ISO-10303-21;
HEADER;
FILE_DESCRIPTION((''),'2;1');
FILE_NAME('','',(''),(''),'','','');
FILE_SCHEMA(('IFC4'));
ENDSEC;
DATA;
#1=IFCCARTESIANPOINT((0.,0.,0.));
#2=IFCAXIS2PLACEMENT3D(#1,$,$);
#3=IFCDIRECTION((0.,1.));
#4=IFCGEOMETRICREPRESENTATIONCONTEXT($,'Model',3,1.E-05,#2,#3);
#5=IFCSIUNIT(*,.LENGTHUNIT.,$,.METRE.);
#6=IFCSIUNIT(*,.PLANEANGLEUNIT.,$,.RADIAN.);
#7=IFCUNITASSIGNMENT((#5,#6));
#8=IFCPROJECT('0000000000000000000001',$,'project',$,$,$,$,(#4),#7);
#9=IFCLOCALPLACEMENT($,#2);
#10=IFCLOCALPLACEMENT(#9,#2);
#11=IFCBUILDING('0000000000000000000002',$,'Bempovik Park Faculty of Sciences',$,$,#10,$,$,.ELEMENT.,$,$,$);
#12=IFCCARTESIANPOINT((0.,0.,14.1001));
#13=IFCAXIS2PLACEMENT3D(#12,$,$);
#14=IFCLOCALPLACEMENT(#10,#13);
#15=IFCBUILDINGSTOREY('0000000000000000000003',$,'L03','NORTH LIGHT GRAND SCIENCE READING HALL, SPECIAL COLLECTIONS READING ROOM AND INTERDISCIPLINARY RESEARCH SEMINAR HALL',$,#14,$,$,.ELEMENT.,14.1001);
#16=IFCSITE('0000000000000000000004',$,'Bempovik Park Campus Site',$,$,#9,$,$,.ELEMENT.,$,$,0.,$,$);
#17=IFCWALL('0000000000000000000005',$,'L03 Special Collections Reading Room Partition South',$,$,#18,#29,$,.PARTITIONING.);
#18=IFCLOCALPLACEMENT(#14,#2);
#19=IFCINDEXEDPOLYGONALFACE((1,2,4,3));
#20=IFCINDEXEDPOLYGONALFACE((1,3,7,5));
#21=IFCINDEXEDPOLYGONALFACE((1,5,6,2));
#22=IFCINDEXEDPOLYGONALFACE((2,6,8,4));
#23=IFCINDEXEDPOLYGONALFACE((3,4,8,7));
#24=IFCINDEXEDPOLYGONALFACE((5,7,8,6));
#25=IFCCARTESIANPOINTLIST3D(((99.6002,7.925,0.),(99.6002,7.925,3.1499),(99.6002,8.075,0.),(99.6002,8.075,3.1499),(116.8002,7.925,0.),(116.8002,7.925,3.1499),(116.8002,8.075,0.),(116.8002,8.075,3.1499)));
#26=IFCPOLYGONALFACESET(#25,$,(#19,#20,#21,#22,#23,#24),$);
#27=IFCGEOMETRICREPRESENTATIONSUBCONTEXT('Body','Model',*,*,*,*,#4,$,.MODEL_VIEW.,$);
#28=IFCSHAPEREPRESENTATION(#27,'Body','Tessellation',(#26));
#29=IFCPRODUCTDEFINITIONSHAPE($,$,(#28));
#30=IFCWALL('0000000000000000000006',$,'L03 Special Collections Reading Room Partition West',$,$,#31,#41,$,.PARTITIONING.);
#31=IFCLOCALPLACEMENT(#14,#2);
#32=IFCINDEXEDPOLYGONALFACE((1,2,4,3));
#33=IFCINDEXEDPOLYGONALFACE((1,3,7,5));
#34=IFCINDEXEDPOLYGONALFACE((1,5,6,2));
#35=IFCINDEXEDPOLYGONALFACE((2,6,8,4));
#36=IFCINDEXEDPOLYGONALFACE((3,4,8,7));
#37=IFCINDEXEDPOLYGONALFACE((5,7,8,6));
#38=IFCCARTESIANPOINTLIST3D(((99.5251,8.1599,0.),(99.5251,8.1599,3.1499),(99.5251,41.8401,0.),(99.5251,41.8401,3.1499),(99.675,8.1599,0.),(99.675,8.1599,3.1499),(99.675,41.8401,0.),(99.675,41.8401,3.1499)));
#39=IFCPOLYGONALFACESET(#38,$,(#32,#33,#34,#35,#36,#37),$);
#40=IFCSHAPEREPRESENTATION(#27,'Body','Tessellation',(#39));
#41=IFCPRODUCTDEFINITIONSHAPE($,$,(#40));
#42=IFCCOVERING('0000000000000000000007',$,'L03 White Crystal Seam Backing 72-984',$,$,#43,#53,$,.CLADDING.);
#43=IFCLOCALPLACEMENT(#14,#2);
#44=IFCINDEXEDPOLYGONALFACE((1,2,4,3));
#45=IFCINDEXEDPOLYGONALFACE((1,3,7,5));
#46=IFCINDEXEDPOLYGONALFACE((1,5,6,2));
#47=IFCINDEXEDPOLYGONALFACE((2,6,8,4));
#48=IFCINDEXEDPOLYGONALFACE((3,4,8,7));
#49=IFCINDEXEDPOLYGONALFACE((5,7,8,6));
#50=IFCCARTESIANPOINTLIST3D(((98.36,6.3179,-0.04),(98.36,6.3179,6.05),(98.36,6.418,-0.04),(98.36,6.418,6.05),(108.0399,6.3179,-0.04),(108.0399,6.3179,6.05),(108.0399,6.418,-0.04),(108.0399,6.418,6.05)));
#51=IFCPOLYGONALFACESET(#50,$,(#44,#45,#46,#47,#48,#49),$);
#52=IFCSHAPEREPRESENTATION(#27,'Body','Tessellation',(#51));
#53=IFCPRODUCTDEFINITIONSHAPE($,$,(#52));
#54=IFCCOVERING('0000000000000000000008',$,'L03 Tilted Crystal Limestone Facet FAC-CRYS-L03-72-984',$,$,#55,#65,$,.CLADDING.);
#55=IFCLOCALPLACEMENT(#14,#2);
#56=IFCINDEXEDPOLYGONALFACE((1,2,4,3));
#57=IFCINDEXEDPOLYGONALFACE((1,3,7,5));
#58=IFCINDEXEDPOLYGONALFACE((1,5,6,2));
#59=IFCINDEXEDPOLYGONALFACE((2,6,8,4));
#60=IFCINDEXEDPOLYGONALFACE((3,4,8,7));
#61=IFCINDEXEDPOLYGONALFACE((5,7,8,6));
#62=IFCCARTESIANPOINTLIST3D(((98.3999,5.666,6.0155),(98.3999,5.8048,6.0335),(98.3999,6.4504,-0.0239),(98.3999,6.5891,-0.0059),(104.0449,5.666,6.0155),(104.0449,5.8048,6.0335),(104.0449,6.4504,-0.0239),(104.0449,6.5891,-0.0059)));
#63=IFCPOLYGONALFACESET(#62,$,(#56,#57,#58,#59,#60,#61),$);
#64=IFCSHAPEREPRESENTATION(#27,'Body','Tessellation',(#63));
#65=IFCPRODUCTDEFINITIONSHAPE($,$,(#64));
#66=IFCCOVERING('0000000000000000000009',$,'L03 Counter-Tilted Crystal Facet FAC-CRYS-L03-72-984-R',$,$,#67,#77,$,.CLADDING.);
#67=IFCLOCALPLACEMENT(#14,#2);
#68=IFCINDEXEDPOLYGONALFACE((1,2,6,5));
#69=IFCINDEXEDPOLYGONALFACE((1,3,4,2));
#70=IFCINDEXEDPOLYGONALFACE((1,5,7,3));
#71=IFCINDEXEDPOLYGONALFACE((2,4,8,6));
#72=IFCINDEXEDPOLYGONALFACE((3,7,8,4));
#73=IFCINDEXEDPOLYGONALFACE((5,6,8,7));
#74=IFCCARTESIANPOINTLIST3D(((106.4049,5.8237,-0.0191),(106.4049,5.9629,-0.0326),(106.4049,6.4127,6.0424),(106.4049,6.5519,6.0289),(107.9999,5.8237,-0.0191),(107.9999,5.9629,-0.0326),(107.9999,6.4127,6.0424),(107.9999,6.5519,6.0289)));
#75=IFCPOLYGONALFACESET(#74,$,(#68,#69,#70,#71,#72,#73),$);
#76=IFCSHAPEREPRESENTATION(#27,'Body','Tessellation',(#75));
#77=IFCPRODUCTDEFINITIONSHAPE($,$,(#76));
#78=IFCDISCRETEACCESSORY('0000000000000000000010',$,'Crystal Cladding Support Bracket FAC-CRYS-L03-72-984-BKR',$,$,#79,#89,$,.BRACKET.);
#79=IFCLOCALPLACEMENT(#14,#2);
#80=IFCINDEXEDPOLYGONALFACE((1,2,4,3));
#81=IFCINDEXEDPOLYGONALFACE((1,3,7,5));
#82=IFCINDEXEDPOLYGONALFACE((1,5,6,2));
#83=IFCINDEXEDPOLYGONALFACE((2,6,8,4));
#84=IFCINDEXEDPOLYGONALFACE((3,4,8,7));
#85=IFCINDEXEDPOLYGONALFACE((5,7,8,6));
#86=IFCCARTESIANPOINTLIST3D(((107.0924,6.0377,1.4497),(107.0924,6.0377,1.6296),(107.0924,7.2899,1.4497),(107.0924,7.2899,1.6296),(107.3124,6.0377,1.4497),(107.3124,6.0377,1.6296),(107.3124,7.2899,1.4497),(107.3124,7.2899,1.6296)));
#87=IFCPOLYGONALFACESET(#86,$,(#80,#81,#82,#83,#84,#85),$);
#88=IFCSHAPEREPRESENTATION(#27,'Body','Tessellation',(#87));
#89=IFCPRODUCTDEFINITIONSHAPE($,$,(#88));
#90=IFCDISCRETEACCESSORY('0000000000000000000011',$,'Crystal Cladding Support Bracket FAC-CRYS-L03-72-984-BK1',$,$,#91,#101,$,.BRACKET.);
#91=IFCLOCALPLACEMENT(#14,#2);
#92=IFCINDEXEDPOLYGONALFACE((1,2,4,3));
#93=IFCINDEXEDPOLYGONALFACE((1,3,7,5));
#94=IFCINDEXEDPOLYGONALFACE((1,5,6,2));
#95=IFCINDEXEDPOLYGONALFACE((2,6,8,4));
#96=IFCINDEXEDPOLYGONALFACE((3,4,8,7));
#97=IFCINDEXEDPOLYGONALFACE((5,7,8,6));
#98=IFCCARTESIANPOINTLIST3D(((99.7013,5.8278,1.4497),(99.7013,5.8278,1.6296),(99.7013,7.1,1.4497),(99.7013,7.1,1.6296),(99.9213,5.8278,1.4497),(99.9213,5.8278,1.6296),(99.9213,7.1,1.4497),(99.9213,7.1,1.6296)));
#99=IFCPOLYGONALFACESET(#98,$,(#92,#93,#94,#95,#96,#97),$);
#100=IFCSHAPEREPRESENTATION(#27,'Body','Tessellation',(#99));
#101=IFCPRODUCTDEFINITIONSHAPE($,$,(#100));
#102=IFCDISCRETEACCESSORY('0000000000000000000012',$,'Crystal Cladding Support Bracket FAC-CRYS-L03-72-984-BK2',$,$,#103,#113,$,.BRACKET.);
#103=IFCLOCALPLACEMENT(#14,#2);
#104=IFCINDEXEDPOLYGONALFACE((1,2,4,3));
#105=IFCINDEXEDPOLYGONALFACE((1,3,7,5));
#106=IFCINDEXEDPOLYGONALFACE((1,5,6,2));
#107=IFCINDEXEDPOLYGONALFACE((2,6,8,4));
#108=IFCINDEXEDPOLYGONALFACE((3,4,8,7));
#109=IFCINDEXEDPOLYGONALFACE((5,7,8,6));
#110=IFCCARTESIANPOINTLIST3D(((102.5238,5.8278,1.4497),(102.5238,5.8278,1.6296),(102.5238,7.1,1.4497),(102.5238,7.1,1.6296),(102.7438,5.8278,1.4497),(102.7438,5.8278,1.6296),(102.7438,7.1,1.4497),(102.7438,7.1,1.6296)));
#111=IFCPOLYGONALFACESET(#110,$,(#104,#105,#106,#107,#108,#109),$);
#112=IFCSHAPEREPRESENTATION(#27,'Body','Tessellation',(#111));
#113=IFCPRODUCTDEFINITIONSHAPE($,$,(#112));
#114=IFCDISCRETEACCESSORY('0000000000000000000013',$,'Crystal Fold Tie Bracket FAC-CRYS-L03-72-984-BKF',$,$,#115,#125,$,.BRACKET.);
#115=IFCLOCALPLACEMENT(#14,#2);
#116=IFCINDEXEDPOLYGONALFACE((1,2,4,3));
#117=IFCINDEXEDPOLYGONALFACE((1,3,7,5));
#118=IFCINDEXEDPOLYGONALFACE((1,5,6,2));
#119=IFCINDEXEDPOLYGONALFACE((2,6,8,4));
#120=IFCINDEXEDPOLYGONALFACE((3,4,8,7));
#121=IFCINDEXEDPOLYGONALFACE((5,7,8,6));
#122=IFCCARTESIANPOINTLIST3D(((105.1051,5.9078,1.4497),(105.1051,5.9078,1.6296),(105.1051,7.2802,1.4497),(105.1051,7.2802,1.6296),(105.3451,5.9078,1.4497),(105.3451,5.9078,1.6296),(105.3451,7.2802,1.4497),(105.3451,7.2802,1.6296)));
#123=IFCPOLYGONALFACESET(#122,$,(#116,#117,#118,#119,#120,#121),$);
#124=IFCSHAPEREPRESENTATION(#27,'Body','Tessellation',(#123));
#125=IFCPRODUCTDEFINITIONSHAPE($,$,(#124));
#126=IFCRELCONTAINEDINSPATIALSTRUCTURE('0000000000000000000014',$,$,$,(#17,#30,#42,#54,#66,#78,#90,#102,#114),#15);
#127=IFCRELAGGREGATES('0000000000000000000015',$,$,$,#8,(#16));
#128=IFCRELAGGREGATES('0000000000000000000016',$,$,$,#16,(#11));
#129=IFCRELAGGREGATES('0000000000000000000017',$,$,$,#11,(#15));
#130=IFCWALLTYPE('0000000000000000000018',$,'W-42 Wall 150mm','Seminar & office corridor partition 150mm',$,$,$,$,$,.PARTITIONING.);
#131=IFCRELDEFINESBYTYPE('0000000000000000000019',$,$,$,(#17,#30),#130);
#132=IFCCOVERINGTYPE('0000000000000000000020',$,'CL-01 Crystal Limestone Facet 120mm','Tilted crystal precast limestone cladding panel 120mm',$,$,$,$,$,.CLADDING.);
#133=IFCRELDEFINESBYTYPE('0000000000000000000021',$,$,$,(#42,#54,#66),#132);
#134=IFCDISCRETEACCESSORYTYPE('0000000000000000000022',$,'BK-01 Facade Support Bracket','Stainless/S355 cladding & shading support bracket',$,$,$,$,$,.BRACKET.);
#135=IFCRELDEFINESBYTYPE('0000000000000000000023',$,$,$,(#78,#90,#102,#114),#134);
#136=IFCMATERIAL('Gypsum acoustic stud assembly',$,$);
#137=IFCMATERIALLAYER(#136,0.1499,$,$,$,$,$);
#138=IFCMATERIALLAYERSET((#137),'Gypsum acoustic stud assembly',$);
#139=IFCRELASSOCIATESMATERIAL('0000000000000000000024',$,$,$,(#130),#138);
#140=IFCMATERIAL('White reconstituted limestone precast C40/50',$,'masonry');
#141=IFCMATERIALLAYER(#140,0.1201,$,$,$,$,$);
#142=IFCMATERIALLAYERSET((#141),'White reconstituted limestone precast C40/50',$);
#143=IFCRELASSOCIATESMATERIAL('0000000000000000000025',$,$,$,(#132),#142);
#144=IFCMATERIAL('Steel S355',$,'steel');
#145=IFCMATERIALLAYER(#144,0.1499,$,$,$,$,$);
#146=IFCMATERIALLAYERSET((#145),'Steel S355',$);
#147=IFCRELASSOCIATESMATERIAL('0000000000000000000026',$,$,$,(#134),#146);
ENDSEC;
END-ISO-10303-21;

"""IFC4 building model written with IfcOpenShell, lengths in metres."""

from ifc_helpers import new_model, si_unit, direction, frame, frame_2d, origin, origin_2d, place, context, subcontext, project, spatial, rectangle, extrude, material, layer, layer_set, type_object, element, save


model = new_model("IFC4")

# Units and contexts
model_context = context("Model", 3, precision=1e-05, world=origin(), true_north=direction((0.0, 1.0)))
body_context = subcontext(model_context, "Body", "Model", "MODEL_VIEW")
ifc_project = project(units=[si_unit("LENGTHUNIT", "METRE"), si_unit("PLANEANGLEUNIT", "RADIAN")], contexts=[model_context])

# Site, building, storey
site_placement = place(None, origin())
site = spatial("IfcSite", under=ifc_project, at=site_placement, Name="Bempovik Park Campus Site", CompositionType="ELEMENT", RefElevation=0.0)
building_placement = place(site_placement, origin())
building = spatial("IfcBuilding", under=site, at=building_placement, Name="Bempovik Park Faculty of Sciences", CompositionType="ELEMENT")
storey_placement = place(building_placement, frame((0.0, 0.0, 14.1001)))
storey = spatial("IfcBuildingStorey", under=building, at=storey_placement, Name="L03", Description="NORTH LIGHT GRAND SCIENCE READING HALL, SPECIAL COLLECTIONS READING ROOM AND INTERDISCIPLINARY RESEARCH SEMINAR HALL", CompositionType="ELEMENT", Elevation=14.1001)

# Shared definitions
ifc_material_1 = material(Name="Steel S355", Category="steel")

# Walls
ifc_material_2 = material(Name="Gypsum acoustic stud assembly")
ifc_layer_1 = layer(ifc_material_2, 0.1499)
ifc_layer_set_1 = layer_set([ifc_layer_1], Name="Gypsum acoustic stud assembly")
wall_type = type_object("IfcWallType", Name="W-42 Wall 150mm", Description="Seminar & office corridor partition 150mm", PredefinedType="PARTITIONING", material=ifc_layer_set_1)
wall_1_placement = place(storey_placement, frame((99.6001, 8.0, 0.0), z_axis=(0.0, 0.0, 1.0), x_axis=(1.0, 0.0, 0.0)))
element("IfcWall", 1, at=wall_1_placement, inside=storey, type_object=wall_type, Name="L03 Special Collections Reading Room Partition South", PredefinedType="PARTITIONING", context=body_context, shape_type="SweptSolid", body=[
    extrude(rectangle(XDim=17.2, YDim=0.1499, at=frame_2d((8.6001, 0.0))), origin(), (0.0, 0.0, 1.0), 3.1499),
])
wall_2_placement = place(storey_placement, frame((99.6001, 8.1599, 0.0), z_axis=(0.0, 0.0, 1.0), x_axis=(0.0, 1.0, 0.0)))
element("IfcWall", 2, at=wall_2_placement, inside=storey, type_object=wall_type, Name="L03 Special Collections Reading Room Partition West", PredefinedType="PARTITIONING", context=body_context, shape_type="SweptSolid", body=[
    extrude(rectangle(XDim=33.6802, YDim=0.1499, at=frame_2d((16.8401, 0.0))), origin(), (0.0, 0.0, 1.0), 3.1499),
])

# Coverings
ifc_material_3 = material(Name="White reconstituted limestone precast C40/50", Category="masonry")
ifc_layer_2 = layer(ifc_material_3, 0.1201)
ifc_layer_set_2 = layer_set([ifc_layer_2], Name="White reconstituted limestone precast C40/50")
covering_type = type_object("IfcCoveringType", Name="CL-01 Crystal Limestone Facet 120mm", Description="Tilted crystal precast limestone cladding panel 120mm", PredefinedType="CLADDING", material=ifc_layer_set_2)
covering_1_placement = place(storey_placement, frame((103.2, 6.3679, -0.04), z_axis=(0.0, 0.0, 1.0), x_axis=(1.0, 0.0, 0.0)))
element("IfcCovering", 3, at=covering_1_placement, inside=storey, type_object=covering_type, Name="L03 White Crystal Seam Backing 72-984", PredefinedType="CLADDING", context=body_context, shape_type="SweptSolid", body=[
    extrude(rectangle(XDim=9.6799, YDim=0.1001, at=origin_2d()), origin(), (0.0, 0.0, 1.0), 6.0901),
])
covering_2_placement = place(storey_placement, frame((101.2224, 6.5198, -0.0149), z_axis=(0.0, -0.128796, 0.991671), x_axis=(1.0, 0.0, 0.0)))
element("IfcCovering", 4, at=covering_2_placement, inside=storey, type_object=covering_type, Name="L03 Tilted Crystal Limestone Facet FAC-CRYS-L03-72-984", PredefinedType="CLADDING", context=body_context, shape_type="SweptSolid", body=[
    extrude(rectangle(XDim=5.645, YDim=0.1399, at=origin_2d()), origin(), (0.0, 0.0, 1.0), 6.0901),
])
covering_3_placement = place(storey_placement, frame((107.2024, 5.8933, -0.0259), z_axis=(0.0, 0.096714, 0.995312), x_axis=(1.0, 0.0, 0.0)))
element("IfcCovering", 5, at=covering_3_placement, inside=storey, type_object=covering_type, Name="L03 Counter-Tilted Crystal Facet FAC-CRYS-L03-72-984-R", PredefinedType="CLADDING", context=body_context, shape_type="SweptSolid", body=[
    extrude(rectangle(XDim=1.595, YDim=0.1399, at=origin_2d()), origin(), (0.0, 0.0, 1.0), 6.0901),
])

# Discrete accessories
ifc_layer_3 = layer(ifc_material_1, 0.1499)
ifc_layer_set_3 = layer_set([ifc_layer_3], Name="Steel S355")
discrete_accessory_type = type_object("IfcDiscreteAccessoryType", Name="BK-01 Facade Support Bracket", Description="Stainless/S355 cladding & shading support bracket", PredefinedType="BRACKET", material=ifc_layer_set_3)
discrete_accessory_1_placement = place(storey_placement, frame((107.2024, 6.6638, 1.4497), z_axis=(0.0, 0.0, 1.0), x_axis=(1.0, 0.0, 0.0)))
element("IfcDiscreteAccessory", 6, at=discrete_accessory_1_placement, inside=storey, type_object=discrete_accessory_type, Name="Crystal Cladding Support Bracket FAC-CRYS-L03-72-984-BKR", PredefinedType="BRACKET", context=body_context, shape_type="SweptSolid", body=[
    extrude(rectangle(XDim=0.22, YDim=1.2522, at=origin_2d()), origin(), (0.0, 0.0, 1.0), 0.1799),
])
for number, where, z_axis, x_axis, name in (
    (7, (99.8113, 6.4639, 1.4497), (0.0, 0.0, 1.0), (1.0, 0.0, 0.0), "Crystal Cladding Support Bracket FAC-CRYS-L03-72-984-BK1"),
    (8, (102.6338, 6.4639, 1.4497), (0.0, 0.0, 1.0), (1.0, 0.0, 0.0), "Crystal Cladding Support Bracket FAC-CRYS-L03-72-984-BK2"),
):
    element("IfcDiscreteAccessory", number, at=place(storey_placement, frame(where, z_axis=z_axis, x_axis=x_axis)), inside=storey, type_object=discrete_accessory_type, Name=name, PredefinedType="BRACKET", context=body_context, shape_type="SweptSolid", body=[
        extrude(rectangle(XDim=0.22, YDim=1.2722, at=origin_2d()), origin(), (0.0, 0.0, 1.0), 0.1799),
    ])
discrete_accessory_2_placement = place(storey_placement, frame((105.2251, 6.594, 1.4497), z_axis=(0.0, 0.0, 1.0), x_axis=(1.0, 0.0, 0.0)))
element("IfcDiscreteAccessory", 9, at=discrete_accessory_2_placement, inside=storey, type_object=discrete_accessory_type, Name="Crystal Fold Tie Bracket FAC-CRYS-L03-72-984-BKF", PredefinedType="BRACKET", context=body_context, shape_type="SweptSolid", body=[
    extrude(rectangle(XDim=0.24, YDim=1.3723, at=origin_2d()), origin(), (0.0, 0.0, 1.0), 0.1799),
])

save(model, "model.ifc")
